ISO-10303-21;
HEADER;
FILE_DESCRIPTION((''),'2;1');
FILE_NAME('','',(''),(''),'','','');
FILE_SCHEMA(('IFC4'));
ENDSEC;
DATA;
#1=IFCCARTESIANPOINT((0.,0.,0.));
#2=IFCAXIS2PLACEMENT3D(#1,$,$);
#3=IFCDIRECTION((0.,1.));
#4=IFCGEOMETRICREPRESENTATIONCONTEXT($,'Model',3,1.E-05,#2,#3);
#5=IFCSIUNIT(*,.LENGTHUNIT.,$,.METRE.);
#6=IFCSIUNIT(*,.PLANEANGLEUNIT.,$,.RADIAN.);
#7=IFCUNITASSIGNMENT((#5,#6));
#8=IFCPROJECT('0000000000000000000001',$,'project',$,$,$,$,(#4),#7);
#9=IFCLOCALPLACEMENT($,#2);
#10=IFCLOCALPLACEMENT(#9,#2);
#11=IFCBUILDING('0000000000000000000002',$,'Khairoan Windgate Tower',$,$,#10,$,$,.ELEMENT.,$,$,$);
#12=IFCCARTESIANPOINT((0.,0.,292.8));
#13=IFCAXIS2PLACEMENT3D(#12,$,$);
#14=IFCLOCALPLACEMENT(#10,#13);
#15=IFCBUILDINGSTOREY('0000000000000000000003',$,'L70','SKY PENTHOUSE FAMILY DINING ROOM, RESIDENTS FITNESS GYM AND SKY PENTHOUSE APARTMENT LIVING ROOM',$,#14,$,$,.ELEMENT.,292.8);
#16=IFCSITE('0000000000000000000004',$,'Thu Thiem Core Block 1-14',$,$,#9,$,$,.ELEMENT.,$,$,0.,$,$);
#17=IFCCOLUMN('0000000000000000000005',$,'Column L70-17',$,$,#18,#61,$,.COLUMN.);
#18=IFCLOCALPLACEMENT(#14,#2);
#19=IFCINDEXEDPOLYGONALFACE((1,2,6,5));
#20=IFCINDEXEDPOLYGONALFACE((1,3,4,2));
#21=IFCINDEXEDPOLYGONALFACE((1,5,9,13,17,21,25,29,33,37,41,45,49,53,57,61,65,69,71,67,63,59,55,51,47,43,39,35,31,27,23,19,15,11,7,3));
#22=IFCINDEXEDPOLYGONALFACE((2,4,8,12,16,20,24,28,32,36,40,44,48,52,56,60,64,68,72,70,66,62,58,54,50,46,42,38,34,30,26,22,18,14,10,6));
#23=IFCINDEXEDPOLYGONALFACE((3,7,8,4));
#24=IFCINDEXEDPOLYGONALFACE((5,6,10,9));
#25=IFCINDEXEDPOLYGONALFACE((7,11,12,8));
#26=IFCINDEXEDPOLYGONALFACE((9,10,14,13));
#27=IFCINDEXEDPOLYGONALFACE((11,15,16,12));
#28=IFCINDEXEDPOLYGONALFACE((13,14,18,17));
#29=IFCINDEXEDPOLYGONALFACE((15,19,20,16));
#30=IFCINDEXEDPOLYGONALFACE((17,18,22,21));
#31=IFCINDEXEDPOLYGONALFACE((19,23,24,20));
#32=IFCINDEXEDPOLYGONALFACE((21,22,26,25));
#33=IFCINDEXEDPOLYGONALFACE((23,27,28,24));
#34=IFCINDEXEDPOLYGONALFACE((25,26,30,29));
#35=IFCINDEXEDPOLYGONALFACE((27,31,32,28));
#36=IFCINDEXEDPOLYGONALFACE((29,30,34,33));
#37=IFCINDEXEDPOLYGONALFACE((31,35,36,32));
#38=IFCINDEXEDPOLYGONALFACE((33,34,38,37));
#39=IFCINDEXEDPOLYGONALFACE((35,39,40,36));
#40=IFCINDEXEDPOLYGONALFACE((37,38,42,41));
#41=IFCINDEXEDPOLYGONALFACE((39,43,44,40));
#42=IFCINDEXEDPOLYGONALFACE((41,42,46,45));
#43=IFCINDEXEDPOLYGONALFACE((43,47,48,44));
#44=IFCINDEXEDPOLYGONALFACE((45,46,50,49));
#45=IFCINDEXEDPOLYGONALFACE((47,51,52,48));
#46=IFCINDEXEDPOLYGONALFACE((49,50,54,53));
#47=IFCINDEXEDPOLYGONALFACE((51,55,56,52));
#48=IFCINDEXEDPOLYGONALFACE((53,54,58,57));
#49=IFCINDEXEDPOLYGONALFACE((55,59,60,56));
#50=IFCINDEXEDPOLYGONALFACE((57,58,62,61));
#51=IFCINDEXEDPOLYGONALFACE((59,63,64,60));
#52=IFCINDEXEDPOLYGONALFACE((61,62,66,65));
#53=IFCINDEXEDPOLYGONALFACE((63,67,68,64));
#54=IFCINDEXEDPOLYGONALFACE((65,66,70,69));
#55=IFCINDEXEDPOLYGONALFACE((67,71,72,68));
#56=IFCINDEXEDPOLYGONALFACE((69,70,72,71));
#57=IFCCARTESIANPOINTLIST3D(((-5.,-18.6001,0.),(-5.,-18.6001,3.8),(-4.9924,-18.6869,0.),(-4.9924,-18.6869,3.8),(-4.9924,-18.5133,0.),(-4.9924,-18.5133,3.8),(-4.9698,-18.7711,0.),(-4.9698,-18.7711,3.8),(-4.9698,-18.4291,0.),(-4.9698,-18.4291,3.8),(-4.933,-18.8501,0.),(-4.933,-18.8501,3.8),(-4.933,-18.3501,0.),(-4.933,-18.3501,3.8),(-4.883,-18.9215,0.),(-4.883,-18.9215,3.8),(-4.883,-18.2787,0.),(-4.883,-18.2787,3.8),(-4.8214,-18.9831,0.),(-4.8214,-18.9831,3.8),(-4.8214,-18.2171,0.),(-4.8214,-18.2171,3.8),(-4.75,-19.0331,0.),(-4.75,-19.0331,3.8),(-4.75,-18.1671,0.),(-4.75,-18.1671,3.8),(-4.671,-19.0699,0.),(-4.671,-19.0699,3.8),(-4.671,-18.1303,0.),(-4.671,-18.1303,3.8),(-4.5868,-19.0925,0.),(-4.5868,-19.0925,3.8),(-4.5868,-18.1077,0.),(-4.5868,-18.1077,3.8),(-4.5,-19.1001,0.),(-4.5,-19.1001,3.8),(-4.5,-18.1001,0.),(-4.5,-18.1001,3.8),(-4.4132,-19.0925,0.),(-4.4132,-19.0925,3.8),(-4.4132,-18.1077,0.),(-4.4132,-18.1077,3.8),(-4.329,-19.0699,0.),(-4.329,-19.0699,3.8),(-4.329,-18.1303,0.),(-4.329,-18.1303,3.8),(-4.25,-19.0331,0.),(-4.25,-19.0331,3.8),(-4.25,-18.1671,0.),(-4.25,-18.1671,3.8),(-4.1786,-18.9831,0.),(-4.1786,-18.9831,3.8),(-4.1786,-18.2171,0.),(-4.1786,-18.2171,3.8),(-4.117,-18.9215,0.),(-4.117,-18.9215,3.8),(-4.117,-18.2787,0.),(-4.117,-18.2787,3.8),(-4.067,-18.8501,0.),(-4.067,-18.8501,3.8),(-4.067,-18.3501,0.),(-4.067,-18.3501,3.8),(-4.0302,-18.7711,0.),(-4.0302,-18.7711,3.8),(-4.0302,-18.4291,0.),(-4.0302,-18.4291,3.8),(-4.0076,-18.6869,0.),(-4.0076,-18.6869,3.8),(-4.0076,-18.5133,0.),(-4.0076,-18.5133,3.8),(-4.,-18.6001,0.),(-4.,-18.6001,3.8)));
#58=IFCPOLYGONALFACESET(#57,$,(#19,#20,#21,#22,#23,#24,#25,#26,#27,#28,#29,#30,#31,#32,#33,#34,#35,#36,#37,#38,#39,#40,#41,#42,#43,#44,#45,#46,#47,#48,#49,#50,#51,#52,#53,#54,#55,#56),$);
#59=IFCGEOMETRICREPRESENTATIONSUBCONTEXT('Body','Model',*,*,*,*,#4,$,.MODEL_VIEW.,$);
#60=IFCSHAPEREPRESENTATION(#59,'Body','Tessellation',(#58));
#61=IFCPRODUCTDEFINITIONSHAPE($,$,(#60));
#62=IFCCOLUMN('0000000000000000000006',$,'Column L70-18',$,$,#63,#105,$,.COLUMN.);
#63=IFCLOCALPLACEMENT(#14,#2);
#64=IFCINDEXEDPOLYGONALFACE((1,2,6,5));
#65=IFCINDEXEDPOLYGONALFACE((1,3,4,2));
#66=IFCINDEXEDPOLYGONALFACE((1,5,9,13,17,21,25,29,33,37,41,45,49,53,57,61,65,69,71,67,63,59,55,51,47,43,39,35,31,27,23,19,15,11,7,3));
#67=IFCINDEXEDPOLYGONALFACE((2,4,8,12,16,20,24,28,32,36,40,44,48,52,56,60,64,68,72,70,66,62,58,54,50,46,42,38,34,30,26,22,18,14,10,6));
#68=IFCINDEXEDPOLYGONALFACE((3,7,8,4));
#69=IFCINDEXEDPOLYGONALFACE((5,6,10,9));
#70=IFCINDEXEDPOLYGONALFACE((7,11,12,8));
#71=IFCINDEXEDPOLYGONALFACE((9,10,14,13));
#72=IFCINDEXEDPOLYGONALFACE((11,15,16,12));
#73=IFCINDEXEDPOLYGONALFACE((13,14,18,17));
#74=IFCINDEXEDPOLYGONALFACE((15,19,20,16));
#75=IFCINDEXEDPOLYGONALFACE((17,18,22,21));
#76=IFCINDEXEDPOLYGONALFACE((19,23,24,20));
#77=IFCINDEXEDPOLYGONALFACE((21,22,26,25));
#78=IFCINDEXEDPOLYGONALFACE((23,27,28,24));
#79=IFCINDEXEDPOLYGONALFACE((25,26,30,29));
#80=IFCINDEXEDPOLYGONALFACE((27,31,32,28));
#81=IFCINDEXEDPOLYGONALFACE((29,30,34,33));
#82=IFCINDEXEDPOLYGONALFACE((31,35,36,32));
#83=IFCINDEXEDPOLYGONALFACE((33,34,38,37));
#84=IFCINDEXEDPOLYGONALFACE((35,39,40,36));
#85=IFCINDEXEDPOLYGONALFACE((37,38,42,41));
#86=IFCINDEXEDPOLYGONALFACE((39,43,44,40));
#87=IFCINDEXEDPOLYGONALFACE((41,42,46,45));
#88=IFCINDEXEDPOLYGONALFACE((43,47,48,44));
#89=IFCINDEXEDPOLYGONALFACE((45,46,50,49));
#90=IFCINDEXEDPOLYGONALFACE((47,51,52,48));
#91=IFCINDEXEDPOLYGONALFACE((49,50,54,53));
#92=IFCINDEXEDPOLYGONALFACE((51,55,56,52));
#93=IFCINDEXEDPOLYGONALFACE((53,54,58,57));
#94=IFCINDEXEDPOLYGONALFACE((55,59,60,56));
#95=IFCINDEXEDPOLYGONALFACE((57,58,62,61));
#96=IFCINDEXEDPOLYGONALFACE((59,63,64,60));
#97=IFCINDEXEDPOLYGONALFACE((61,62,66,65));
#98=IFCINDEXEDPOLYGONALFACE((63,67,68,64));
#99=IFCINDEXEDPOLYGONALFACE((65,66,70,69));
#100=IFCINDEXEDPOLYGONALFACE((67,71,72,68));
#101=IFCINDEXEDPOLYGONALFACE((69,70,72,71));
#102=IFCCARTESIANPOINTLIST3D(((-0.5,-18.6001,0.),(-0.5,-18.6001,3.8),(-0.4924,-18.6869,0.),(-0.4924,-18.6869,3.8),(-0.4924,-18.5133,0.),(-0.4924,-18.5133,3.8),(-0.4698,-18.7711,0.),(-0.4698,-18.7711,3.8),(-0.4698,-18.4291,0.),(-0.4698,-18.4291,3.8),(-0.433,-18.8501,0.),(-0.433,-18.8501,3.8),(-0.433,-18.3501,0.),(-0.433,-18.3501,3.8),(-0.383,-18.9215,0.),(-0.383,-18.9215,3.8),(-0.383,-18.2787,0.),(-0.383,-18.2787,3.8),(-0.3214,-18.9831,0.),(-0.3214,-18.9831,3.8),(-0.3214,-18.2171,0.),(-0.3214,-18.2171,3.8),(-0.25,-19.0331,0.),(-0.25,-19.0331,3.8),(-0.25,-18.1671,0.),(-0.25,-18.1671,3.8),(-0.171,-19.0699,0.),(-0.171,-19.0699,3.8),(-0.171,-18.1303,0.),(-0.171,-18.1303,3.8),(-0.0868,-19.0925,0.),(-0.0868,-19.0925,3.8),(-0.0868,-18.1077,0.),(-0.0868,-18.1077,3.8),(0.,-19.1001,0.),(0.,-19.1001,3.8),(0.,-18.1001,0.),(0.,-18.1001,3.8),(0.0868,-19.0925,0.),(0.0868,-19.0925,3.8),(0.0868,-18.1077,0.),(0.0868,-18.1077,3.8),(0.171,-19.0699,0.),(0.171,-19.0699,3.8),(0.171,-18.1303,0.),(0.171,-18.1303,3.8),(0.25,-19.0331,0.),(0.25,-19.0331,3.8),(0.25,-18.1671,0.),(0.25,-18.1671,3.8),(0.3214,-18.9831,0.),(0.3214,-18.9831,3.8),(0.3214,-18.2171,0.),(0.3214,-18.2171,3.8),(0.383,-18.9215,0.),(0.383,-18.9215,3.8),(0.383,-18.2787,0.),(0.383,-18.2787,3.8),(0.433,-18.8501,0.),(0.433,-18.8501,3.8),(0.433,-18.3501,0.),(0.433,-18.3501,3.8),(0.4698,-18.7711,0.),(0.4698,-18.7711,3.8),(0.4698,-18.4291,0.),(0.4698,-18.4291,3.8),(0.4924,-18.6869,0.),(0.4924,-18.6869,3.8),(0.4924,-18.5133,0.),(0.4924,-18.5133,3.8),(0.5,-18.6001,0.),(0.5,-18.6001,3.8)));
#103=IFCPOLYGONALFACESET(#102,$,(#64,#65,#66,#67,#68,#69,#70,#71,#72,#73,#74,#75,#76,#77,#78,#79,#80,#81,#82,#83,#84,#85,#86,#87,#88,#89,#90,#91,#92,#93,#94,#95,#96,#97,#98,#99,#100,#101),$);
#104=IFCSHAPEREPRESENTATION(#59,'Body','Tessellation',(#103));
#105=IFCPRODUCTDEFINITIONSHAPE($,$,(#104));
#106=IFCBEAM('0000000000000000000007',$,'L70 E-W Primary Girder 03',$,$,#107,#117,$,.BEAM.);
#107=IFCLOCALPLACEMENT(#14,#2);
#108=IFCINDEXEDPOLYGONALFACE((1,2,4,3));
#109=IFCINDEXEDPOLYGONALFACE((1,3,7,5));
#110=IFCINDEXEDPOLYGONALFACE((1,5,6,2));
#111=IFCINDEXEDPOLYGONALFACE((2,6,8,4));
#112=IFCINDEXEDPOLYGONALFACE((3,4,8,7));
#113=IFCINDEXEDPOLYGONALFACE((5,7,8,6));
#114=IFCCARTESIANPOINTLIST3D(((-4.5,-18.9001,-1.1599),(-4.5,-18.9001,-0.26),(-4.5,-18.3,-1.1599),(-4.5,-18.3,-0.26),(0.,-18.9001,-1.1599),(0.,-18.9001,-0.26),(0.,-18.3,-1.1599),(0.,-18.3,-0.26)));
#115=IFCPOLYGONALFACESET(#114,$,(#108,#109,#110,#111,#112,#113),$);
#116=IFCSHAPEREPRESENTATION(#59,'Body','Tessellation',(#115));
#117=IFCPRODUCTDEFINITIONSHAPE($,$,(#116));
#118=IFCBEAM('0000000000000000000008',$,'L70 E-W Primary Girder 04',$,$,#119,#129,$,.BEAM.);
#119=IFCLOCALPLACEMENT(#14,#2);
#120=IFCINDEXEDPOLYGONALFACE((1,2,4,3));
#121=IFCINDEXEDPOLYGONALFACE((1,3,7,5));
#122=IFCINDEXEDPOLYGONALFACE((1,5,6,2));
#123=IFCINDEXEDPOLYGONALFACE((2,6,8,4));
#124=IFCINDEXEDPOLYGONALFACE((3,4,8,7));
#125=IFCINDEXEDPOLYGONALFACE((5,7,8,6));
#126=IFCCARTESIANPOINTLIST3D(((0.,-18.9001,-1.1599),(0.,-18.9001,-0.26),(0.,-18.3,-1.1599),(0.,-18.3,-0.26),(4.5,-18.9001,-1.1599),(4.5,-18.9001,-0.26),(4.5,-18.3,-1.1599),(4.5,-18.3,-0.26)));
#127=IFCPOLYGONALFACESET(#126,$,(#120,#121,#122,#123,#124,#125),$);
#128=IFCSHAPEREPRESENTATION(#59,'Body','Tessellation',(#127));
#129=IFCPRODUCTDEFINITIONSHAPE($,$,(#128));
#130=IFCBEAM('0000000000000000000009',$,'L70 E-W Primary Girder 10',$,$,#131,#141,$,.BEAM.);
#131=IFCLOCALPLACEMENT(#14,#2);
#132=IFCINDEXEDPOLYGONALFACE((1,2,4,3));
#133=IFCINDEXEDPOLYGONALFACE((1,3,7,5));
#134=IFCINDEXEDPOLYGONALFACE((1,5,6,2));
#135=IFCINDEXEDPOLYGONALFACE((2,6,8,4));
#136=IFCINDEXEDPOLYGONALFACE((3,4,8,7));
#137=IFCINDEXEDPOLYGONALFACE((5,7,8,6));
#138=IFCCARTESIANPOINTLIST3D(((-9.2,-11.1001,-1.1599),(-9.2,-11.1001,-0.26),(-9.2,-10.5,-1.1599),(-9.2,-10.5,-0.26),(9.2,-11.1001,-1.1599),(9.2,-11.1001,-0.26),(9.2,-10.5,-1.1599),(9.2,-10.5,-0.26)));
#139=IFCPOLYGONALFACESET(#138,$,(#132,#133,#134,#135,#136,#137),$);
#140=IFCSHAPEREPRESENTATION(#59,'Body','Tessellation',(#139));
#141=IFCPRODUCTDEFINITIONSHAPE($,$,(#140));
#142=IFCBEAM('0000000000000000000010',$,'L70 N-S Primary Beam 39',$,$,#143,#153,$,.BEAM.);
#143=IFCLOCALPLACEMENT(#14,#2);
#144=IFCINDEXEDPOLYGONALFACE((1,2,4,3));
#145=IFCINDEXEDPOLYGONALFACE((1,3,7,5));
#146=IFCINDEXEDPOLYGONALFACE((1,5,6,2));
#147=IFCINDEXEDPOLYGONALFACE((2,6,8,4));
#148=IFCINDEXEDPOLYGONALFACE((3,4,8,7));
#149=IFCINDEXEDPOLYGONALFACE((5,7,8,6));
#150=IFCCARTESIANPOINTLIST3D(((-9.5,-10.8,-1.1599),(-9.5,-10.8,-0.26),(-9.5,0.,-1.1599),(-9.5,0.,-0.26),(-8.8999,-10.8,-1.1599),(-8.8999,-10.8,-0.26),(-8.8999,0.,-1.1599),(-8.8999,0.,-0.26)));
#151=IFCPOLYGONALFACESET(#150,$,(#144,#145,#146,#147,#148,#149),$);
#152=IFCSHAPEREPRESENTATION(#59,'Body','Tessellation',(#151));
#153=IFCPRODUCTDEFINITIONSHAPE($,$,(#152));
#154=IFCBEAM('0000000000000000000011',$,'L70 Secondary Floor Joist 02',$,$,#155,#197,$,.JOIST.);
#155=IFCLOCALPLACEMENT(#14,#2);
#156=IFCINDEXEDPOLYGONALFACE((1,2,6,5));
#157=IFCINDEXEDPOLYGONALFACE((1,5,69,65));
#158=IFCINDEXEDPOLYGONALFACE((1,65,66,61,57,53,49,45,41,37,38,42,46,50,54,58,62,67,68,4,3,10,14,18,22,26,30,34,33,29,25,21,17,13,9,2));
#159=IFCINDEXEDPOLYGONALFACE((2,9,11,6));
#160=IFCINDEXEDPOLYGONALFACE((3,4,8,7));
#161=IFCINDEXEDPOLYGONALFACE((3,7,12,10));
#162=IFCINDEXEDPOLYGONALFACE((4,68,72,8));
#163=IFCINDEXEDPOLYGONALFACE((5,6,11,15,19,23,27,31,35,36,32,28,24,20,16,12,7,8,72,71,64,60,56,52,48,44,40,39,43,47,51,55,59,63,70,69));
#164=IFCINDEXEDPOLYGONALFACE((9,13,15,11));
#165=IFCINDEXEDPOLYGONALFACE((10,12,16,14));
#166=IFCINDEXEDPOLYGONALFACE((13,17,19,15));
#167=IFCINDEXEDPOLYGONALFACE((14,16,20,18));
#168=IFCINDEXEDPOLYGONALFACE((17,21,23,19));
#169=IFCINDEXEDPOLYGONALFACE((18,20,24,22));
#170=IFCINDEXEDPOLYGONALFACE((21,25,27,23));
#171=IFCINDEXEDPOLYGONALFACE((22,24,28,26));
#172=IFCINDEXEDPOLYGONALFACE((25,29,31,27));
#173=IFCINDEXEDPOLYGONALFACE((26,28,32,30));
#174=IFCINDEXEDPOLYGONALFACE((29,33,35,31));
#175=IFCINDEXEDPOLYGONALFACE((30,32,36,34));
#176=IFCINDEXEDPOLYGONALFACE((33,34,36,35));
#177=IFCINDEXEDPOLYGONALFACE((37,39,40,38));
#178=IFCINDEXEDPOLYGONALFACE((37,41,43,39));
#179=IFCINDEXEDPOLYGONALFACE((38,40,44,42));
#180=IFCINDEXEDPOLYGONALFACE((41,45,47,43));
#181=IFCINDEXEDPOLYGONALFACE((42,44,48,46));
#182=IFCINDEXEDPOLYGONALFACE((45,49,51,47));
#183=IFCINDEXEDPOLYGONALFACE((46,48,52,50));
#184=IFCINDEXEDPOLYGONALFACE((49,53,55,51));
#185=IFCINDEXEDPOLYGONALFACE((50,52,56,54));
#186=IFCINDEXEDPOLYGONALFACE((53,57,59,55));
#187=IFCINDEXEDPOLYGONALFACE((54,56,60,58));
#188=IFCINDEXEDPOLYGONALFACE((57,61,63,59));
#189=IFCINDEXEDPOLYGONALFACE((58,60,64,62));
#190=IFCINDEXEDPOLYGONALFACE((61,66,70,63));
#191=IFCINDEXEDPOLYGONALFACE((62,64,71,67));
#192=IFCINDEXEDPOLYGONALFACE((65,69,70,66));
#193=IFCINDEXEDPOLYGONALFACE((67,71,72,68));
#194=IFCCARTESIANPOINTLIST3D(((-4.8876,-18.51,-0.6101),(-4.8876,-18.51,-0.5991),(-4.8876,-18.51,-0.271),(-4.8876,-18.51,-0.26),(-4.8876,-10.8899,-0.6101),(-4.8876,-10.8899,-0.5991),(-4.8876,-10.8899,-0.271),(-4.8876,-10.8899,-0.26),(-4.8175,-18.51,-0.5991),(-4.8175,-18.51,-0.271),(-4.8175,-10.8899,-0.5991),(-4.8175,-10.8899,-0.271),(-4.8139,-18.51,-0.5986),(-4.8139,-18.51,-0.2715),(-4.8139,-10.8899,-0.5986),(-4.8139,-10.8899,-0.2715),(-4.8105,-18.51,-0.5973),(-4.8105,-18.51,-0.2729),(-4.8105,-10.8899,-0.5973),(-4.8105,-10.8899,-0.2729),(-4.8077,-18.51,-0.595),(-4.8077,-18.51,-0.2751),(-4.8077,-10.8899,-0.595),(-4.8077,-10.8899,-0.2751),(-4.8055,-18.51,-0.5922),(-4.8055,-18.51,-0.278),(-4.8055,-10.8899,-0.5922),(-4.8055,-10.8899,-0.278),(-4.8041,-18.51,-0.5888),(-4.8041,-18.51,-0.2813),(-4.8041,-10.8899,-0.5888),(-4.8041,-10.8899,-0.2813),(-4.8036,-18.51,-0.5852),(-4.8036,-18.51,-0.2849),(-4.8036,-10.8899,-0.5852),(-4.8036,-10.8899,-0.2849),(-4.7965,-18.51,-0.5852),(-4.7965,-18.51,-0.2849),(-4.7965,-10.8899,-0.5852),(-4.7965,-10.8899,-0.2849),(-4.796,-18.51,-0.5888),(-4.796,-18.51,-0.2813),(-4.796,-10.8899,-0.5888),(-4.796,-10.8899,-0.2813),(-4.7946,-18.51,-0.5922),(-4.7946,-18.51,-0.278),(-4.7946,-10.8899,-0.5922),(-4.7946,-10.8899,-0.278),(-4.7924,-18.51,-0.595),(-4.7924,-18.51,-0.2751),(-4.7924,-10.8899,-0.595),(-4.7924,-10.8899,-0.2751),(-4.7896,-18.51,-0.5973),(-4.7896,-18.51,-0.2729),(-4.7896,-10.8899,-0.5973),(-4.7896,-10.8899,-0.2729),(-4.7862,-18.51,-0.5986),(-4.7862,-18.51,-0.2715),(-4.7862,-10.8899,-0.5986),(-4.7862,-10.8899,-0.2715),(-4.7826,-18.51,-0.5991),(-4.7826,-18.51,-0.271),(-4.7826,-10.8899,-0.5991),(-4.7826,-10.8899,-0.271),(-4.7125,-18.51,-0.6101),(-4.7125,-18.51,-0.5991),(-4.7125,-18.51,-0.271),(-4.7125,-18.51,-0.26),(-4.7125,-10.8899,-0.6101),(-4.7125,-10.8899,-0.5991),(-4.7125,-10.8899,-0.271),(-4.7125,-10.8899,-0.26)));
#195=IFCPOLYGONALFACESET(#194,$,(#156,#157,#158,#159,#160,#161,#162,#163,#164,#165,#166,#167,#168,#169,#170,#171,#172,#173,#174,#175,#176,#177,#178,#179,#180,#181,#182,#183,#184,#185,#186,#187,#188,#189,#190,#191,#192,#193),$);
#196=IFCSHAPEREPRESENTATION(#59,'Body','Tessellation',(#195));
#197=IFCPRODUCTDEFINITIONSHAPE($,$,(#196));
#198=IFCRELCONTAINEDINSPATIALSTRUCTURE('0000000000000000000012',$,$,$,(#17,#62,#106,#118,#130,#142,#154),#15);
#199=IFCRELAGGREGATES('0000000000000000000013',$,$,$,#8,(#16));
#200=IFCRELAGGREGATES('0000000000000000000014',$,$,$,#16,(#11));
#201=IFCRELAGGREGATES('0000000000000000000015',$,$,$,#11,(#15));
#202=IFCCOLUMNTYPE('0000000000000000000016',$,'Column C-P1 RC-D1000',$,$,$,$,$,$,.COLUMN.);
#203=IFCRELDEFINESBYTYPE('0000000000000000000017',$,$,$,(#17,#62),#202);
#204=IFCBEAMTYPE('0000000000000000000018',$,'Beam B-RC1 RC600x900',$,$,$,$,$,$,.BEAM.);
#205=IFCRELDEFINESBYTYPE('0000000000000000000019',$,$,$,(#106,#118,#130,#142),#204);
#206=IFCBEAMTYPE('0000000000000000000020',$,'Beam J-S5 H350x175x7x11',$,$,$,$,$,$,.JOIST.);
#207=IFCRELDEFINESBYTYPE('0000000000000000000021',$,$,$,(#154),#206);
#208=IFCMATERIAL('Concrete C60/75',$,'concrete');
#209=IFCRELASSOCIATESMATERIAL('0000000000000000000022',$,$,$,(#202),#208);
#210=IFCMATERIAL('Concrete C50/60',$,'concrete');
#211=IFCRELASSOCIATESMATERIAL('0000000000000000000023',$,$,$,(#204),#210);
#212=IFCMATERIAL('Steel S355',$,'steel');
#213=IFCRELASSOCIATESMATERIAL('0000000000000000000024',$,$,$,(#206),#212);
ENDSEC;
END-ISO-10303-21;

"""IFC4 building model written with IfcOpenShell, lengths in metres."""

from ifc_helpers import new_model, si_unit, direction, frame, origin, origin_2d, place, context, subcontext, project, spatial, rectangle, circle, i_section, extrude, material, material_profile, profile_set, type_object, element, save


model = new_model("IFC4")

# Units and contexts
model_context = context("Model", 3, precision=1e-05, world=origin(), true_north=direction((0.0, 1.0)))
body_context = subcontext(model_context, "Body", "Model", "MODEL_VIEW")
ifc_project = project(units=[si_unit("LENGTHUNIT", "METRE"), si_unit("PLANEANGLEUNIT", "RADIAN")], contexts=[model_context])

# Site, building, storey
site_placement = place(None, origin())
site = spatial("IfcSite", under=ifc_project, at=site_placement, Name="Thu Thiem Core Block 1-14", CompositionType="ELEMENT", RefElevation=0.0)
building_placement = place(site_placement, origin())
building = spatial("IfcBuilding", under=site, at=building_placement, Name="Khairoan Windgate Tower", CompositionType="ELEMENT")
storey_placement = place(building_placement, frame((0.0, 0.0, 292.8)))
storey = spatial("IfcBuildingStorey", under=building, at=storey_placement, Name="L70", Description="SKY PENTHOUSE FAMILY DINING ROOM, RESIDENTS FITNESS GYM AND SKY PENTHOUSE APARTMENT LIVING ROOM", CompositionType="ELEMENT", Elevation=292.8)

# Columns
ifc_material_1 = material(Name="Concrete C60/75", Category="concrete")
ifc_material_profile_1 = material_profile(ifc_material_1, circle(Radius=0.5, at=origin_2d()))
ifc_profile_set_1 = profile_set([ifc_material_profile_1], Name="Concrete C60/75")
column_type = type_object("IfcColumnType", Name="Column C-P1 RC-D1000", PredefinedType="COLUMN", material=ifc_profile_set_1)
for number, where, z_axis, x_axis, name in (
    (1, (-4.5, -18.6001, 0.0), (0.0, 0.0, 1.0), (1.0, 0.0, 0.0), "Column L70-17"),
    (2, (0.0, -18.6001, 0.0), (0.0, 0.0, 1.0), (1.0, 0.0, 0.0), "Column L70-18"),
):
    element("IfcColumn", number, at=place(storey_placement, frame(where, z_axis=z_axis, x_axis=x_axis)), inside=storey, type_object=column_type, Name=name, PredefinedType="COLUMN", context=body_context, shape_type="SweptSolid", body=[
        extrude(circle(Radius=0.5, at=origin_2d()), origin(), (0.0, 0.0, 1.0), 3.8),
    ])

# Beams
ifc_material_2 = material(Name="Concrete C50/60", Category="concrete")
ifc_material_profile_2 = material_profile(ifc_material_2, rectangle(XDim=0.6001, YDim=0.8999, at=origin_2d()))
ifc_profile_set_2 = profile_set([ifc_material_profile_2], Name="Concrete C50/60")
beam_type_1 = type_object("IfcBeamType", Name="Beam B-RC1 RC600x900", PredefinedType="BEAM", material=ifc_profile_set_2)
for number, where, z_axis, x_axis, name in (
    (3, (-4.5, -18.6001, -0.71), (1.0, 0.0, 0.0), (0.0, 1.0, 0.0), "L70 E-W Primary Girder 03"),
    (4, (0.0, -18.6001, -0.71), (1.0, 0.0, 0.0), (0.0, 1.0, 0.0), "L70 E-W Primary Girder 04"),
):
    element("IfcBeam", number, at=place(storey_placement, frame(where, z_axis=z_axis, x_axis=x_axis)), inside=storey, type_object=beam_type_1, Name=name, PredefinedType="BEAM", context=body_context, shape_type="SweptSolid", body=[
        extrude(rectangle(XDim=0.6001, YDim=0.8999, at=origin_2d()), origin(), (0.0, 0.0, 1.0), 4.5),
    ])
beam_1_placement = place(storey_placement, frame((-9.2, -10.8, -0.71), z_axis=(1.0, 0.0, 0.0), x_axis=(0.0, 1.0, 0.0)))
element("IfcBeam", 5, at=beam_1_placement, inside=storey, type_object=beam_type_1, Name="L70 E-W Primary Girder 10", PredefinedType="BEAM", context=body_context, shape_type="SweptSolid", body=[
    extrude(rectangle(XDim=0.6001, YDim=0.8999, at=origin_2d()), origin(), (0.0, 0.0, 1.0), 18.3999),
])
beam_2_placement = place(storey_placement, frame((-9.2, -10.8, -0.71), z_axis=(0.0, 1.0, 0.0), x_axis=(-1.0, 0.0, 0.0)))
element("IfcBeam", 6, at=beam_2_placement, inside=storey, type_object=beam_type_1, Name="L70 N-S Primary Beam 39", PredefinedType="BEAM", context=body_context, shape_type="SweptSolid", body=[
    extrude(rectangle(XDim=0.6001, YDim=0.8999, at=origin_2d()), origin(), (0.0, 0.0, 1.0), 10.8),
])
ifc_material_3 = material(Name="Steel S355", Category="steel")
ifc_material_profile_3 = material_profile(ifc_material_3, i_section(OverallWidth=0.175, OverallDepth=0.3501, WebThickness=0.0071, FlangeThickness=0.011, FilletRadius=0.0139, at=origin_2d()))
ifc_profile_set_3 = profile_set([ifc_material_profile_3], Name="Steel S355")
beam_type_2 = type_object("IfcBeamType", Name="Beam J-S5 H350x175x7x11", PredefinedType="JOIST", material=ifc_profile_set_3)
beam_3_placement = place(storey_placement, frame((-4.8, -18.51, -0.4351), z_axis=(0.0, 1.0, 0.0), x_axis=(-1.0, 0.0, 0.0)))
element("IfcBeam", 7, at=beam_3_placement, inside=storey, type_object=beam_type_2, Name="L70 Secondary Floor Joist 02", PredefinedType="JOIST", context=body_context, shape_type="SweptSolid", body=[
    extrude(i_section(OverallWidth=0.175, OverallDepth=0.3501, WebThickness=0.0071, FlangeThickness=0.011, FilletRadius=0.0139, at=origin_2d()), origin(), (0.0, 0.0, 1.0), 7.6201),
])

save(model, "model.ifc")
